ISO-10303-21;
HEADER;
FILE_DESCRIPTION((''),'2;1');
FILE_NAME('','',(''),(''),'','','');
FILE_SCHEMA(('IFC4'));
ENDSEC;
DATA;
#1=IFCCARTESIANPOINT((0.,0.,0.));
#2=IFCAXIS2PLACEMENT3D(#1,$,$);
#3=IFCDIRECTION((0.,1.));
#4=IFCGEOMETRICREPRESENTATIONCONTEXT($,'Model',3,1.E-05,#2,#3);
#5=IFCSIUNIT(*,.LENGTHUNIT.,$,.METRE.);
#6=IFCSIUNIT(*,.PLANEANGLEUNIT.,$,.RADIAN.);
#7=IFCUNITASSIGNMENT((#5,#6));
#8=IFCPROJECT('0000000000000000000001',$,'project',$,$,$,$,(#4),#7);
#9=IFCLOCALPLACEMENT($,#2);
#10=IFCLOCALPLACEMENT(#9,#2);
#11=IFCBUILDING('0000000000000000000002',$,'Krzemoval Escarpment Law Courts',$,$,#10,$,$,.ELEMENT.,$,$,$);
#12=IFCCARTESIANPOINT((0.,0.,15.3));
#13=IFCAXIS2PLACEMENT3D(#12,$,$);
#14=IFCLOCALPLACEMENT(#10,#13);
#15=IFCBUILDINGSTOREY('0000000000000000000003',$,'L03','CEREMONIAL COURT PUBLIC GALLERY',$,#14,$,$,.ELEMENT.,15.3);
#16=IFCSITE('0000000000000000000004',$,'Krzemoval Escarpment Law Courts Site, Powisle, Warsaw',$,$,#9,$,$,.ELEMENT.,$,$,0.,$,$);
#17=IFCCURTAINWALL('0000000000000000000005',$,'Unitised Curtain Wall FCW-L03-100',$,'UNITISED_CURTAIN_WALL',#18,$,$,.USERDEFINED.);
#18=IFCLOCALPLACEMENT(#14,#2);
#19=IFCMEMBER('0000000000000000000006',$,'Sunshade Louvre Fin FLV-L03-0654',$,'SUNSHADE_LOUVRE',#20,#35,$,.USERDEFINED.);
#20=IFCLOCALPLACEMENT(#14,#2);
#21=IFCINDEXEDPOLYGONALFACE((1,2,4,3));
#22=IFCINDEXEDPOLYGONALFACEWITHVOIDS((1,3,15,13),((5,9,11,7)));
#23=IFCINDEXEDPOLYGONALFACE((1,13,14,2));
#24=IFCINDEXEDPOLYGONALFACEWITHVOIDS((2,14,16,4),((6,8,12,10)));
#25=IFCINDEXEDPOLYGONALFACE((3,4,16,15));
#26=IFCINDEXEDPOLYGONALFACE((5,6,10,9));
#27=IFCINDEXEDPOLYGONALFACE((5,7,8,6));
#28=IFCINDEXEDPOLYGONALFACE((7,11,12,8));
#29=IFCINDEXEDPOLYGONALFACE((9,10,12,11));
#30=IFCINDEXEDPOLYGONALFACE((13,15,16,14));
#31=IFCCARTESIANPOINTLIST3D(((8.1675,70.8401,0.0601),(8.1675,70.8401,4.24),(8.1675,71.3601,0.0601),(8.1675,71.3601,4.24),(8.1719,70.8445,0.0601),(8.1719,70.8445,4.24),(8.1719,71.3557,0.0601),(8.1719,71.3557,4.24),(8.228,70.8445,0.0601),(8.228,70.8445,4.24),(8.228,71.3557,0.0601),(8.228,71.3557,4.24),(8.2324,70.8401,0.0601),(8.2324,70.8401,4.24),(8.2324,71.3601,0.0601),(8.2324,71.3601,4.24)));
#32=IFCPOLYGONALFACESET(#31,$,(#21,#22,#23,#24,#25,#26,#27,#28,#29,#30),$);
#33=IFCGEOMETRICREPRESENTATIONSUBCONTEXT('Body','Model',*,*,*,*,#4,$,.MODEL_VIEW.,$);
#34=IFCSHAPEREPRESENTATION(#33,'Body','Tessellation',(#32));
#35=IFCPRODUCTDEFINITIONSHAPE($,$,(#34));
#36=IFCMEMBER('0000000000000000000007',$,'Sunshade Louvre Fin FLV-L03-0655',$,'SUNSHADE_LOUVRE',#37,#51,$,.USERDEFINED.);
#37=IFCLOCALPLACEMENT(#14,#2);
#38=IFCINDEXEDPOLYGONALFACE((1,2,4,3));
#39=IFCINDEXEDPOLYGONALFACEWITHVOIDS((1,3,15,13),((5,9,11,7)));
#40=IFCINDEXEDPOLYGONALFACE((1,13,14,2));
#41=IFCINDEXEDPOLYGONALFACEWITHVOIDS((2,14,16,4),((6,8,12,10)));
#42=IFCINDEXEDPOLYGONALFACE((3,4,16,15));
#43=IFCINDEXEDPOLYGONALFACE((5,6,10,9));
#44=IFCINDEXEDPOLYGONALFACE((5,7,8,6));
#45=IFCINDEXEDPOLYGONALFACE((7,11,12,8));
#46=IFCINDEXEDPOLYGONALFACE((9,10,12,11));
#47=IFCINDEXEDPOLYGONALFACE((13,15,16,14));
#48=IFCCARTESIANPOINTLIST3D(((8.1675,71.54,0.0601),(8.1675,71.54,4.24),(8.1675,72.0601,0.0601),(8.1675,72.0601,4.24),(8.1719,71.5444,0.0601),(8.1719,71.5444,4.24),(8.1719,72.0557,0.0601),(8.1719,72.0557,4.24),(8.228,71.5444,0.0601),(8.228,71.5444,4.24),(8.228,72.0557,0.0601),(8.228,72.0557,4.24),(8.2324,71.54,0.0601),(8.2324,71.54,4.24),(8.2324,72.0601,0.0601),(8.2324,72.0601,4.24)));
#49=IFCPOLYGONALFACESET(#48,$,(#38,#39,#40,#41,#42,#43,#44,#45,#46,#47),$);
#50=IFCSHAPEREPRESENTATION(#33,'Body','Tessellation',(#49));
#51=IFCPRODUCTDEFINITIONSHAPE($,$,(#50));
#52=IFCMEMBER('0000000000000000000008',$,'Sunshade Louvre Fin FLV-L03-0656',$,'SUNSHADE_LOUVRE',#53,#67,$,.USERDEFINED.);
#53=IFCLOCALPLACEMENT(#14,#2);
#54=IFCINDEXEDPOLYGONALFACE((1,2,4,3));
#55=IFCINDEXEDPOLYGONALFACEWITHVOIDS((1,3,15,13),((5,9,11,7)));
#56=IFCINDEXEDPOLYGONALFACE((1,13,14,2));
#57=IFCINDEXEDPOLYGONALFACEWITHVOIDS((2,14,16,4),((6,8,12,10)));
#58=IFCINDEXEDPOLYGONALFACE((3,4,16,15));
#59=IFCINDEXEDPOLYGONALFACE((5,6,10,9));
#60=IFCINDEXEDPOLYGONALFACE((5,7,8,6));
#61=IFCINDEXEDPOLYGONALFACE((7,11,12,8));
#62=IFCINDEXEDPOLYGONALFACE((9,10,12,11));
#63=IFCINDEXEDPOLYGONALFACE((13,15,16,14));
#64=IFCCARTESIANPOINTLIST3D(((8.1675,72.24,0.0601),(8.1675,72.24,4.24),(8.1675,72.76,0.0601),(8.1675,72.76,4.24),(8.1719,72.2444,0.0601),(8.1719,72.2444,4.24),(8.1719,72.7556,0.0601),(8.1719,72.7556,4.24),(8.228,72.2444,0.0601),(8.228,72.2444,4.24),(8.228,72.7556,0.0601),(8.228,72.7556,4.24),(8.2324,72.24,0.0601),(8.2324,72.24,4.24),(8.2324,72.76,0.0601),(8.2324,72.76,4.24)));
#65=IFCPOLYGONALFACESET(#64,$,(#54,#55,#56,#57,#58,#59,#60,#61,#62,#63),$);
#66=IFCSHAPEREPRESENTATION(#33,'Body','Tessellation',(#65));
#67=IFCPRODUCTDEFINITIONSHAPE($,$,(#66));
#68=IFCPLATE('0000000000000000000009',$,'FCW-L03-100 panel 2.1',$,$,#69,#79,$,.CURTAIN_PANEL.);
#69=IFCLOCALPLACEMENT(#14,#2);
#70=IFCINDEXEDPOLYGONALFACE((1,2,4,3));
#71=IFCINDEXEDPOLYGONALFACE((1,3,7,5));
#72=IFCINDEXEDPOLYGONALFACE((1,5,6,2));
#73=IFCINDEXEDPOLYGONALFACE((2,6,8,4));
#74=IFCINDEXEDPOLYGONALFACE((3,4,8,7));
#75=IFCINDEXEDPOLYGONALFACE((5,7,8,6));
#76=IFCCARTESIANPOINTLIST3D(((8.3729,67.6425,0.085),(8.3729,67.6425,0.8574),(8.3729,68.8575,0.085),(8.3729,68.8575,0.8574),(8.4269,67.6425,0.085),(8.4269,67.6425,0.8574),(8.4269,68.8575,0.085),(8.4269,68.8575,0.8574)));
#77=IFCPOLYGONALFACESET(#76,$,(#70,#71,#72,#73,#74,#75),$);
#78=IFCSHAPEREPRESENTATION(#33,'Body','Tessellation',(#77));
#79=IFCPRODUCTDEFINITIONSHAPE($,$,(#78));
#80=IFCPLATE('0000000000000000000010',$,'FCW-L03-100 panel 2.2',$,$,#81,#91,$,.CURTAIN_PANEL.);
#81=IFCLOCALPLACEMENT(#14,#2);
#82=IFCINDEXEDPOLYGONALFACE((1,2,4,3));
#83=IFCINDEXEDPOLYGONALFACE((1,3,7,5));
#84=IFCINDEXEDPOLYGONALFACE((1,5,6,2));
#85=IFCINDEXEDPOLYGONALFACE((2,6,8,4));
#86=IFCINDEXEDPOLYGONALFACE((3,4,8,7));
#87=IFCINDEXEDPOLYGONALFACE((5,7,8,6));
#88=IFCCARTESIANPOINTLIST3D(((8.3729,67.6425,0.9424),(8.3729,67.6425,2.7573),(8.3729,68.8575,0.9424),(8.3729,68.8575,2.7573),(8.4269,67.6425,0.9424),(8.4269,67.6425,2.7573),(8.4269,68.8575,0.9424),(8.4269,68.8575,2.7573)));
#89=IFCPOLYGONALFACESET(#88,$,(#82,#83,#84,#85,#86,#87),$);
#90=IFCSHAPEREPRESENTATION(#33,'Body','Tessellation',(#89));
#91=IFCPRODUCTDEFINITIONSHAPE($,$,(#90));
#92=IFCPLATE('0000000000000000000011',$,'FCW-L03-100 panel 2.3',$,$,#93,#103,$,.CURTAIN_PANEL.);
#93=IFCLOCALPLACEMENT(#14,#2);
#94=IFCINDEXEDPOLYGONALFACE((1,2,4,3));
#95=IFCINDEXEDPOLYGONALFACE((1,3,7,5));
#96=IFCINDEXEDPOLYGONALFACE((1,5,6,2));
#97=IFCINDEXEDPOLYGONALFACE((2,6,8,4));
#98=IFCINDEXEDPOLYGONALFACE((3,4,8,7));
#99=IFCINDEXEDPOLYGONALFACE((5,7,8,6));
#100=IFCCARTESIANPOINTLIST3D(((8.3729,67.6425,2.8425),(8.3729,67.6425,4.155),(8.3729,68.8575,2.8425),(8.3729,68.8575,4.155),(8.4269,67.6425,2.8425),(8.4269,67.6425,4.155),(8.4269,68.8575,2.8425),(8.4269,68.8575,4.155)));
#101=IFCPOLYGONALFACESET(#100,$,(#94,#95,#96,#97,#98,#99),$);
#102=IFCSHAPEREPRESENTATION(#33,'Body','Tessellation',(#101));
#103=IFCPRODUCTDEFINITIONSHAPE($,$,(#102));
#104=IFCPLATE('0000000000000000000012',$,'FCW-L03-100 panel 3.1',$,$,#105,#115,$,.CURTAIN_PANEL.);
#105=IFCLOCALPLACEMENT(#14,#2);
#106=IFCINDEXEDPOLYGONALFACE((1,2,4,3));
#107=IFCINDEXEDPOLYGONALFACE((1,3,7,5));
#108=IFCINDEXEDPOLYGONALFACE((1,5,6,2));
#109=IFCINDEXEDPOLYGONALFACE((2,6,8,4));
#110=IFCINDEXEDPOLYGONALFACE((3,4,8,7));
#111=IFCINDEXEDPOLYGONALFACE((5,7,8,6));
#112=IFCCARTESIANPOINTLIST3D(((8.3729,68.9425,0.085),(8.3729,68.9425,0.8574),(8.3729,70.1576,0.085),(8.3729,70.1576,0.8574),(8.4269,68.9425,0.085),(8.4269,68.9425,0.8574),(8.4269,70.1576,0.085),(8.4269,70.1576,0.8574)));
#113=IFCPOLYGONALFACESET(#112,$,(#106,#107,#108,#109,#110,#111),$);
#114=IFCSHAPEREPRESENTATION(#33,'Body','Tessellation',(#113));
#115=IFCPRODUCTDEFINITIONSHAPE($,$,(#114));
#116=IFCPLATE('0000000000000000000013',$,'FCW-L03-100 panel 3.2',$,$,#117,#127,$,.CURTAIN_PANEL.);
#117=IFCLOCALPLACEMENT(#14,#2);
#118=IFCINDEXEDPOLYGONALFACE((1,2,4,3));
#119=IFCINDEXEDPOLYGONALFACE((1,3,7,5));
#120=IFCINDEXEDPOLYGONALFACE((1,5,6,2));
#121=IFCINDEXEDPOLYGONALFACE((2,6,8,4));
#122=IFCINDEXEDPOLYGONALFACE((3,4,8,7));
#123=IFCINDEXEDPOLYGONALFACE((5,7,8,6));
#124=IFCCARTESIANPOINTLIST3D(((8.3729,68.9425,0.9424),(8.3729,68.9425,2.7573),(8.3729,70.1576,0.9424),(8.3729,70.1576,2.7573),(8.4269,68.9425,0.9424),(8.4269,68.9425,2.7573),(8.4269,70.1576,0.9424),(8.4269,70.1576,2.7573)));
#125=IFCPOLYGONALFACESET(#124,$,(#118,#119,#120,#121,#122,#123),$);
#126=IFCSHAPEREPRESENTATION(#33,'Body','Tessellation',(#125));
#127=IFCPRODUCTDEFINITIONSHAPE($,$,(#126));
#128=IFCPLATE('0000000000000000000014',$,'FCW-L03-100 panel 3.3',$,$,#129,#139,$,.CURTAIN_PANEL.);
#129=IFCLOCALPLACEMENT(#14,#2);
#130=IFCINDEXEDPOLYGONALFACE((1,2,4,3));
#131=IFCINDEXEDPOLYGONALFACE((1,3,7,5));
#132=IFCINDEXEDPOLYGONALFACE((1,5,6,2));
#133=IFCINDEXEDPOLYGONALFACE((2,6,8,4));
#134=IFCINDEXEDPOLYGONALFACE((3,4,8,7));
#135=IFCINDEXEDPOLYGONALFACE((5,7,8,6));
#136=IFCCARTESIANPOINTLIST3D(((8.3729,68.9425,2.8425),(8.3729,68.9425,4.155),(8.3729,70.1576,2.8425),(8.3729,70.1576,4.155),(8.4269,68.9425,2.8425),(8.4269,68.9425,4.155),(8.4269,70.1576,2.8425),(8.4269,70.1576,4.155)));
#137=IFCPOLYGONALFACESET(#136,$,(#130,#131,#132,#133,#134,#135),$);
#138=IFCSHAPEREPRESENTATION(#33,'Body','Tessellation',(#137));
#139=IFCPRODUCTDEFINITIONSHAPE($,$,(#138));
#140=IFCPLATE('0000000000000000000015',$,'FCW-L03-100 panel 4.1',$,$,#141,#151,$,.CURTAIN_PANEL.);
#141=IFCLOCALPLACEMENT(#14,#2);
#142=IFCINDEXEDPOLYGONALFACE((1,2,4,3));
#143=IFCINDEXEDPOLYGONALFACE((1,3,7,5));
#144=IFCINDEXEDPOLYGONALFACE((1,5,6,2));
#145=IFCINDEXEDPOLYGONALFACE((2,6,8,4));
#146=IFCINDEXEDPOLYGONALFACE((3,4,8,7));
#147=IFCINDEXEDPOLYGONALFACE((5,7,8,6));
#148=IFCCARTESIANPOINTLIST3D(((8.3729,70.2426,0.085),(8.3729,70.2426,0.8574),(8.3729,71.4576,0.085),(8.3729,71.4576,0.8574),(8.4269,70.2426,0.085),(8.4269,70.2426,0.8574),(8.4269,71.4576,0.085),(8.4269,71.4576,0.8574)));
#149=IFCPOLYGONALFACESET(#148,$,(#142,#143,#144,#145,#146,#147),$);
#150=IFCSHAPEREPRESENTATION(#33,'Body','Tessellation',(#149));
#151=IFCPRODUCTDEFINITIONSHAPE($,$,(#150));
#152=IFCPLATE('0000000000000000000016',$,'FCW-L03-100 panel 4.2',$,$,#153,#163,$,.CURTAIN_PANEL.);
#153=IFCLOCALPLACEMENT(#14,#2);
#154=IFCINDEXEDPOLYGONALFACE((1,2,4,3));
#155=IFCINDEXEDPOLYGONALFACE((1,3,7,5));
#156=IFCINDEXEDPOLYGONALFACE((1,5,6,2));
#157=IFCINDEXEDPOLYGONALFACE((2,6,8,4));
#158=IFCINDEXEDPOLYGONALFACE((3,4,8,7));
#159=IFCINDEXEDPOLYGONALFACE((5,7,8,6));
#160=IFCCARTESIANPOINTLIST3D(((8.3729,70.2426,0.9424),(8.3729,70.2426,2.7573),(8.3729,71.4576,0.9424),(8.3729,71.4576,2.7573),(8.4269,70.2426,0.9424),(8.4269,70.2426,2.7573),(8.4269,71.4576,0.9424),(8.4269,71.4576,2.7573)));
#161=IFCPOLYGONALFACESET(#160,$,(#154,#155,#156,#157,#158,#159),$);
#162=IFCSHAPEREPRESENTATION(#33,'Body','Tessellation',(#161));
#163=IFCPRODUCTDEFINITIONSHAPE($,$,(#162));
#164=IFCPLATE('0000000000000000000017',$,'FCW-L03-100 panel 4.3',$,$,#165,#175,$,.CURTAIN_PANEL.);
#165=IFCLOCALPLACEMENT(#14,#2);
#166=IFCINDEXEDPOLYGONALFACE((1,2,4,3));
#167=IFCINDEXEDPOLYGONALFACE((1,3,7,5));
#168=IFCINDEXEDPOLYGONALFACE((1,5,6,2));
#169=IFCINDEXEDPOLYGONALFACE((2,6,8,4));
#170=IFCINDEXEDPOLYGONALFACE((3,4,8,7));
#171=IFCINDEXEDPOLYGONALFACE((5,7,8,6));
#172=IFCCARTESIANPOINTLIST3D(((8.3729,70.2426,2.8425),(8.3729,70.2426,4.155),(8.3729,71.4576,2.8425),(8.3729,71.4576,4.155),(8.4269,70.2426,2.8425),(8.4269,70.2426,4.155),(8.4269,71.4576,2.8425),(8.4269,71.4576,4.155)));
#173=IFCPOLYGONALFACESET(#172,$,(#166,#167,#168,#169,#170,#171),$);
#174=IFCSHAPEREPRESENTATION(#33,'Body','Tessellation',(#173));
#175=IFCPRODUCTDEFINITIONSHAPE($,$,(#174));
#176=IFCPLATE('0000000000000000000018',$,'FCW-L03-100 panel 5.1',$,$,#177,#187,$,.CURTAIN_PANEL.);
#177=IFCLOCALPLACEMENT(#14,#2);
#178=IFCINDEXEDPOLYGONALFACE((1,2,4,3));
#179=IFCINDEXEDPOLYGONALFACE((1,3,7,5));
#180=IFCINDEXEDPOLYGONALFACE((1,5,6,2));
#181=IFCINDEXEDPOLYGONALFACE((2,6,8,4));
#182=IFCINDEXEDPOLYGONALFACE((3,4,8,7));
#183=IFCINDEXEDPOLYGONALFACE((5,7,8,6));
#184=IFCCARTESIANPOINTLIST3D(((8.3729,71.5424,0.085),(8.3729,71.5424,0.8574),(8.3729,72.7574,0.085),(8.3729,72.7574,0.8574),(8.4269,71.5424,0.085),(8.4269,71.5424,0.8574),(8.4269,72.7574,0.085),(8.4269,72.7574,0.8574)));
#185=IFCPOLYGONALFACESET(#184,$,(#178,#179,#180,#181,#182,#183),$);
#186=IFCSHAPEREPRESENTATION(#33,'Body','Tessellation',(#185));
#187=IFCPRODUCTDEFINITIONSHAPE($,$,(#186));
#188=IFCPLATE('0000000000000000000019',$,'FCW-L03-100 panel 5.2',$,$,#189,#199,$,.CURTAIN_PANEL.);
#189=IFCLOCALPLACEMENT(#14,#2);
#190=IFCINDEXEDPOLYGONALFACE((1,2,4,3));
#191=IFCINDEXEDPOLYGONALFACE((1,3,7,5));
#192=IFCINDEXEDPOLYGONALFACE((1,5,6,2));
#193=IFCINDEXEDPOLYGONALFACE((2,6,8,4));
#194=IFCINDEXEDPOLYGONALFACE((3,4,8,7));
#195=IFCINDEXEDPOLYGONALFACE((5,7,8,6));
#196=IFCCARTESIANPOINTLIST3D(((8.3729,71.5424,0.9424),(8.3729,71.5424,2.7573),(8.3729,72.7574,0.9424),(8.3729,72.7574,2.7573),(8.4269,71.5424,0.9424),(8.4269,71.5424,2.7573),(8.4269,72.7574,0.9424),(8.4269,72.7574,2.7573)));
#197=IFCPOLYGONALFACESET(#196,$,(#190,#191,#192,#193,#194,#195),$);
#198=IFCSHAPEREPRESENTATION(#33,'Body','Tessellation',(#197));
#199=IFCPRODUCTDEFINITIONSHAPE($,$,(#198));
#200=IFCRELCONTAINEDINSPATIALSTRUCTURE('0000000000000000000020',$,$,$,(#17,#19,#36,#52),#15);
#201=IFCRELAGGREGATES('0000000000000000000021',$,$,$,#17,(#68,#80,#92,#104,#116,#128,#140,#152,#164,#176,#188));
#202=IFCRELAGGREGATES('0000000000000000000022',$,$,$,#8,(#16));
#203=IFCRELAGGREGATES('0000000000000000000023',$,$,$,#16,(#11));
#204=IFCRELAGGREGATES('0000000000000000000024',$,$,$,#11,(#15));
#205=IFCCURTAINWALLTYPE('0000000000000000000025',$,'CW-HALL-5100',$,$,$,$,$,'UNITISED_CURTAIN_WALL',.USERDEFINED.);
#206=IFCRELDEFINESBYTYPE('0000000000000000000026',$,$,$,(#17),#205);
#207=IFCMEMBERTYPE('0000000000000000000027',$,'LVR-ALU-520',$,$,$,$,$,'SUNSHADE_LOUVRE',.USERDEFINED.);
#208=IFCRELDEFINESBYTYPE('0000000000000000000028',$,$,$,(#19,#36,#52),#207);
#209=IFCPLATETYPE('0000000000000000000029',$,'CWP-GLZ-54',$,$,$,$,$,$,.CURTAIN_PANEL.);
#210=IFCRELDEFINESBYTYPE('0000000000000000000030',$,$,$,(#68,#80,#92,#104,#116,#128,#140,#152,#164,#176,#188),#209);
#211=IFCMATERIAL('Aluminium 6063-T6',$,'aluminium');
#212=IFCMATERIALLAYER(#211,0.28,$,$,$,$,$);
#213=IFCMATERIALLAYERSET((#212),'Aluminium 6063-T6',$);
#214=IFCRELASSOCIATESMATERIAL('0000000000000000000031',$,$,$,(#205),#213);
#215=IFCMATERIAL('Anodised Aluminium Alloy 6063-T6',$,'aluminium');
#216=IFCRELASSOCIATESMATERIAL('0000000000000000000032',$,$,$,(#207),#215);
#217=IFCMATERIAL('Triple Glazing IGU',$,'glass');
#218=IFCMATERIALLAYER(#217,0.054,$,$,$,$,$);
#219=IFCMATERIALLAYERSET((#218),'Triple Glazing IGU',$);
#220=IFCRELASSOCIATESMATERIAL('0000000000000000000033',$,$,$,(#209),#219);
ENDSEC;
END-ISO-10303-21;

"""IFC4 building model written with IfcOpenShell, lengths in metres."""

from ifc_helpers import new_model, si_unit, direction, frame, origin, origin_2d, place, context, subcontext, project, spatial, rectangle, hollow_rectangle, extrude, material, layer, layer_set, material_profile, profile_set, type_object, element, aggregate, save


model = new_model("IFC4")

# Units and contexts
model_context = context("Model", 3, precision=1e-05, world=origin(), true_north=direction((0.0, 1.0)))
body_context = subcontext(model_context, "Body", "Model", "MODEL_VIEW")
ifc_project = project(units=[si_unit("LENGTHUNIT", "METRE"), si_unit("PLANEANGLEUNIT", "RADIAN")], contexts=[model_context])

# Site, building, storey
site_placement = place(None, origin())
site = spatial("IfcSite", under=ifc_project, at=site_placement, Name="Krzemoval Escarpment Law Courts Site, Powisle, Warsaw", CompositionType="ELEMENT", RefElevation=0.0)
building_placement = place(site_placement, origin())
building = spatial("IfcBuilding", under=site, at=building_placement, Name="Krzemoval Escarpment Law Courts", CompositionType="ELEMENT")
storey_placement = place(building_placement, frame((0.0, 0.0, 15.3)))
storey = spatial("IfcBuildingStorey", under=building, at=storey_placement, Name="L03", Description="CEREMONIAL COURT PUBLIC GALLERY", CompositionType="ELEMENT", Elevation=15.3)

# Curtain wall
ifc_material_1 = material(Name="Aluminium 6063-T6", Category="aluminium")
ifc_layer_1 = layer(ifc_material_1, 0.28)
ifc_layer_set_1 = layer_set([ifc_layer_1], Name="Aluminium 6063-T6")
curtain_wall_type = type_object("IfcCurtainWallType", Name="CW-HALL-5100", ElementType="UNITISED_CURTAIN_WALL", PredefinedType="USERDEFINED", material=ifc_layer_set_1)
curtain_wall_placement = place(storey_placement, origin())
curtain_wall = element("IfcCurtainWall", 1, at=curtain_wall_placement, inside=storey, type_object=curtain_wall_type, Name="Unitised Curtain Wall FCW-L03-100", ObjectType="UNITISED_CURTAIN_WALL", PredefinedType="USERDEFINED")

# Members
ifc_material_2 = material(Name="Anodised Aluminium Alloy 6063-T6", Category="aluminium")
ifc_material_profile_1 = material_profile(ifc_material_2, hollow_rectangle(XDim=0.0649, YDim=0.52, WallThickness=0.0044, at=origin_2d()), Name="ALU LVR 65x520")
ifc_profile_set_1 = profile_set([ifc_material_profile_1], Name="Anodised Aluminium Alloy 6063-T6")
member_type_1 = type_object("IfcMemberType", Name="LVR-ALU-520", ElementType="SUNSHADE_LOUVRE", PredefinedType="USERDEFINED", material=ifc_profile_set_1)
for number, where, z_axis, x_axis, name in (
    (2, (8.2, 71.1001, 0.0601), (0.0, 0.0, 1.0), (1.0, 0.0, 0.0), "Sunshade Louvre Fin FLV-L03-0654"),
    (3, (8.2, 71.8, 0.0601), (0.0, 0.0, 1.0), (1.0, 0.0, 0.0), "Sunshade Louvre Fin FLV-L03-0655"),
    (4, (8.2, 72.5, 0.0601), (0.0, 0.0, 1.0), (1.0, 0.0, 0.0), "Sunshade Louvre Fin FLV-L03-0656"),
):
    element("IfcMember", number, at=place(storey_placement, frame(where, z_axis=z_axis, x_axis=x_axis)), inside=storey, type_object=member_type_1, Name=name, ObjectType="SUNSHADE_LOUVRE", PredefinedType="USERDEFINED", context=body_context, shape_type="SweptSolid", body=[
        extrude(hollow_rectangle(XDim=0.0649, YDim=0.52, WallThickness=0.0044, at=origin_2d()), origin(), (0.0, 0.0, 1.0), 4.1799),
    ])

# Plates
ifc_material_3 = material(Name="Triple Glazing IGU", Category="glass")
ifc_layer_2 = layer(ifc_material_3, 0.054)
ifc_layer_set_2 = layer_set([ifc_layer_2], Name="Triple Glazing IGU")
plate_type = type_object("IfcPlateType", Name="CWP-GLZ-54", PredefinedType="CURTAIN_PANEL", material=ifc_layer_set_2)
plate_1_placement = place(storey_placement, frame((8.3999, 68.25, 0.085), z_axis=(0.0, 0.0, 1.0), x_axis=(0.0, 1.0, 0.0)))
plate_1 = element("IfcPlate", 5, at=plate_1_placement, type_object=plate_type, Name="FCW-L03-100 panel 2.1", PredefinedType="CURTAIN_PANEL", context=body_context, shape_type="SweptSolid", body=[
    extrude(rectangle(XDim=1.2151, YDim=0.054, at=origin_2d()), origin(), (0.0, 0.0, 1.0), 0.7725),
])
plate_2_placement = place(storey_placement, frame((8.3999, 68.25, 0.9424), z_axis=(0.0, 0.0, 1.0), x_axis=(0.0, 1.0, 0.0)))
plate_2 = element("IfcPlate", 6, at=plate_2_placement, type_object=plate_type, Name="FCW-L03-100 panel 2.2", PredefinedType="CURTAIN_PANEL", context=body_context, shape_type="SweptSolid", body=[
    extrude(rectangle(XDim=1.2151, YDim=0.054, at=origin_2d()), origin(), (0.0, 0.0, 1.0), 1.8149),
])
plate_3_placement = place(storey_placement, frame((8.3999, 68.25, 2.8425), z_axis=(0.0, 0.0, 1.0), x_axis=(0.0, 1.0, 0.0)))
plate_3 = element("IfcPlate", 7, at=plate_3_placement, type_object=plate_type, Name="FCW-L03-100 panel 2.3", PredefinedType="CURTAIN_PANEL", context=body_context, shape_type="SweptSolid", body=[
    extrude(rectangle(XDim=1.2151, YDim=0.054, at=origin_2d()), origin(), (0.0, 0.0, 1.0), 1.3125),
])
plate_4_placement = place(storey_placement, frame((8.3999, 69.55, 0.085), z_axis=(0.0, 0.0, 1.0), x_axis=(0.0, 1.0, 0.0)))
plate_4 = element("IfcPlate", 8, at=plate_4_placement, type_object=plate_type, Name="FCW-L03-100 panel 3.1", PredefinedType="CURTAIN_PANEL", context=body_context, shape_type="SweptSolid", body=[
    extrude(rectangle(XDim=1.2151, YDim=0.054, at=origin_2d()), origin(), (0.0, 0.0, 1.0), 0.7725),
])
plate_5_placement = place(storey_placement, frame((8.3999, 69.55, 0.9424), z_axis=(0.0, 0.0, 1.0), x_axis=(0.0, 1.0, 0.0)))
plate_5 = element("IfcPlate", 9, at=plate_5_placement, type_object=plate_type, Name="FCW-L03-100 panel 3.2", PredefinedType="CURTAIN_PANEL", context=body_context, shape_type="SweptSolid", body=[
    extrude(rectangle(XDim=1.2151, YDim=0.054, at=origin_2d()), origin(), (0.0, 0.0, 1.0), 1.8149),
])
plate_6_placement = place(storey_placement, frame((8.3999, 69.55, 2.8425), z_axis=(0.0, 0.0, 1.0), x_axis=(0.0, 1.0, 0.0)))
plate_6 = element("IfcPlate", 10, at=plate_6_placement, type_object=plate_type, Name="FCW-L03-100 panel 3.3", PredefinedType="CURTAIN_PANEL", context=body_context, shape_type="SweptSolid", body=[
    extrude(rectangle(XDim=1.2151, YDim=0.054, at=origin_2d()), origin(), (0.0, 0.0, 1.0), 1.3125),
])
plate_7_placement = place(storey_placement, frame((8.3999, 70.8501, 0.085), z_axis=(0.0, 0.0, 1.0), x_axis=(0.0, 1.0, 0.0)))
plate_7 = element("IfcPlate", 11, at=plate_7_placement, type_object=plate_type, Name="FCW-L03-100 panel 4.1", PredefinedType="CURTAIN_PANEL", context=body_context, shape_type="SweptSolid", body=[
    extrude(rectangle(XDim=1.2151, YDim=0.054, at=origin_2d()), origin(), (0.0, 0.0, 1.0), 0.7725),
])
plate_8_placement = place(storey_placement, frame((8.3999, 70.8501, 0.9424), z_axis=(0.0, 0.0, 1.0), x_axis=(0.0, 1.0, 0.0)))
plate_8 = element("IfcPlate", 12, at=plate_8_placement, type_object=plate_type, Name="FCW-L03-100 panel 4.2", PredefinedType="CURTAIN_PANEL", context=body_context, shape_type="SweptSolid", body=[
    extrude(rectangle(XDim=1.2151, YDim=0.054, at=origin_2d()), origin(), (0.0, 0.0, 1.0), 1.8149),
])
plate_9_placement = place(storey_placement, frame((8.3999, 70.8501, 2.8425), z_axis=(0.0, 0.0, 1.0), x_axis=(0.0, 1.0, 0.0)))
plate_9 = element("IfcPlate", 13, at=plate_9_placement, type_object=plate_type, Name="FCW-L03-100 panel 4.3", PredefinedType="CURTAIN_PANEL", context=body_context, shape_type="SweptSolid", body=[
    extrude(rectangle(XDim=1.2151, YDim=0.054, at=origin_2d()), origin(), (0.0, 0.0, 1.0), 1.3125),
])
plate_10_placement = place(storey_placement, frame((8.3999, 72.1499, 0.085), z_axis=(0.0, 0.0, 1.0), x_axis=(0.0, 1.0, 0.0)))
plate_10 = element("IfcPlate", 14, at=plate_10_placement, type_object=plate_type, Name="FCW-L03-100 panel 5.1", PredefinedType="CURTAIN_PANEL", context=body_context, shape_type="SweptSolid", body=[
    extrude(rectangle(XDim=1.2151, YDim=0.054, at=origin_2d()), origin(), (0.0, 0.0, 1.0), 0.7725),
])
plate_11_placement = place(storey_placement, frame((8.3999, 72.1499, 0.9424), z_axis=(0.0, 0.0, 1.0), x_axis=(0.0, 1.0, 0.0)))
plate_11 = element("IfcPlate", 15, at=plate_11_placement, type_object=plate_type, Name="FCW-L03-100 panel 5.2", PredefinedType="CURTAIN_PANEL", context=body_context, shape_type="SweptSolid", body=[
    extrude(rectangle(XDim=1.2151, YDim=0.054, at=origin_2d()), origin(), (0.0, 0.0, 1.0), 1.8149),
])
aggregate(curtain_wall, [plate_1, plate_2, plate_3, plate_4, plate_5, plate_6, plate_7, plate_8, plate_9, plate_10, plate_11])

save(model, "model.ifc")
